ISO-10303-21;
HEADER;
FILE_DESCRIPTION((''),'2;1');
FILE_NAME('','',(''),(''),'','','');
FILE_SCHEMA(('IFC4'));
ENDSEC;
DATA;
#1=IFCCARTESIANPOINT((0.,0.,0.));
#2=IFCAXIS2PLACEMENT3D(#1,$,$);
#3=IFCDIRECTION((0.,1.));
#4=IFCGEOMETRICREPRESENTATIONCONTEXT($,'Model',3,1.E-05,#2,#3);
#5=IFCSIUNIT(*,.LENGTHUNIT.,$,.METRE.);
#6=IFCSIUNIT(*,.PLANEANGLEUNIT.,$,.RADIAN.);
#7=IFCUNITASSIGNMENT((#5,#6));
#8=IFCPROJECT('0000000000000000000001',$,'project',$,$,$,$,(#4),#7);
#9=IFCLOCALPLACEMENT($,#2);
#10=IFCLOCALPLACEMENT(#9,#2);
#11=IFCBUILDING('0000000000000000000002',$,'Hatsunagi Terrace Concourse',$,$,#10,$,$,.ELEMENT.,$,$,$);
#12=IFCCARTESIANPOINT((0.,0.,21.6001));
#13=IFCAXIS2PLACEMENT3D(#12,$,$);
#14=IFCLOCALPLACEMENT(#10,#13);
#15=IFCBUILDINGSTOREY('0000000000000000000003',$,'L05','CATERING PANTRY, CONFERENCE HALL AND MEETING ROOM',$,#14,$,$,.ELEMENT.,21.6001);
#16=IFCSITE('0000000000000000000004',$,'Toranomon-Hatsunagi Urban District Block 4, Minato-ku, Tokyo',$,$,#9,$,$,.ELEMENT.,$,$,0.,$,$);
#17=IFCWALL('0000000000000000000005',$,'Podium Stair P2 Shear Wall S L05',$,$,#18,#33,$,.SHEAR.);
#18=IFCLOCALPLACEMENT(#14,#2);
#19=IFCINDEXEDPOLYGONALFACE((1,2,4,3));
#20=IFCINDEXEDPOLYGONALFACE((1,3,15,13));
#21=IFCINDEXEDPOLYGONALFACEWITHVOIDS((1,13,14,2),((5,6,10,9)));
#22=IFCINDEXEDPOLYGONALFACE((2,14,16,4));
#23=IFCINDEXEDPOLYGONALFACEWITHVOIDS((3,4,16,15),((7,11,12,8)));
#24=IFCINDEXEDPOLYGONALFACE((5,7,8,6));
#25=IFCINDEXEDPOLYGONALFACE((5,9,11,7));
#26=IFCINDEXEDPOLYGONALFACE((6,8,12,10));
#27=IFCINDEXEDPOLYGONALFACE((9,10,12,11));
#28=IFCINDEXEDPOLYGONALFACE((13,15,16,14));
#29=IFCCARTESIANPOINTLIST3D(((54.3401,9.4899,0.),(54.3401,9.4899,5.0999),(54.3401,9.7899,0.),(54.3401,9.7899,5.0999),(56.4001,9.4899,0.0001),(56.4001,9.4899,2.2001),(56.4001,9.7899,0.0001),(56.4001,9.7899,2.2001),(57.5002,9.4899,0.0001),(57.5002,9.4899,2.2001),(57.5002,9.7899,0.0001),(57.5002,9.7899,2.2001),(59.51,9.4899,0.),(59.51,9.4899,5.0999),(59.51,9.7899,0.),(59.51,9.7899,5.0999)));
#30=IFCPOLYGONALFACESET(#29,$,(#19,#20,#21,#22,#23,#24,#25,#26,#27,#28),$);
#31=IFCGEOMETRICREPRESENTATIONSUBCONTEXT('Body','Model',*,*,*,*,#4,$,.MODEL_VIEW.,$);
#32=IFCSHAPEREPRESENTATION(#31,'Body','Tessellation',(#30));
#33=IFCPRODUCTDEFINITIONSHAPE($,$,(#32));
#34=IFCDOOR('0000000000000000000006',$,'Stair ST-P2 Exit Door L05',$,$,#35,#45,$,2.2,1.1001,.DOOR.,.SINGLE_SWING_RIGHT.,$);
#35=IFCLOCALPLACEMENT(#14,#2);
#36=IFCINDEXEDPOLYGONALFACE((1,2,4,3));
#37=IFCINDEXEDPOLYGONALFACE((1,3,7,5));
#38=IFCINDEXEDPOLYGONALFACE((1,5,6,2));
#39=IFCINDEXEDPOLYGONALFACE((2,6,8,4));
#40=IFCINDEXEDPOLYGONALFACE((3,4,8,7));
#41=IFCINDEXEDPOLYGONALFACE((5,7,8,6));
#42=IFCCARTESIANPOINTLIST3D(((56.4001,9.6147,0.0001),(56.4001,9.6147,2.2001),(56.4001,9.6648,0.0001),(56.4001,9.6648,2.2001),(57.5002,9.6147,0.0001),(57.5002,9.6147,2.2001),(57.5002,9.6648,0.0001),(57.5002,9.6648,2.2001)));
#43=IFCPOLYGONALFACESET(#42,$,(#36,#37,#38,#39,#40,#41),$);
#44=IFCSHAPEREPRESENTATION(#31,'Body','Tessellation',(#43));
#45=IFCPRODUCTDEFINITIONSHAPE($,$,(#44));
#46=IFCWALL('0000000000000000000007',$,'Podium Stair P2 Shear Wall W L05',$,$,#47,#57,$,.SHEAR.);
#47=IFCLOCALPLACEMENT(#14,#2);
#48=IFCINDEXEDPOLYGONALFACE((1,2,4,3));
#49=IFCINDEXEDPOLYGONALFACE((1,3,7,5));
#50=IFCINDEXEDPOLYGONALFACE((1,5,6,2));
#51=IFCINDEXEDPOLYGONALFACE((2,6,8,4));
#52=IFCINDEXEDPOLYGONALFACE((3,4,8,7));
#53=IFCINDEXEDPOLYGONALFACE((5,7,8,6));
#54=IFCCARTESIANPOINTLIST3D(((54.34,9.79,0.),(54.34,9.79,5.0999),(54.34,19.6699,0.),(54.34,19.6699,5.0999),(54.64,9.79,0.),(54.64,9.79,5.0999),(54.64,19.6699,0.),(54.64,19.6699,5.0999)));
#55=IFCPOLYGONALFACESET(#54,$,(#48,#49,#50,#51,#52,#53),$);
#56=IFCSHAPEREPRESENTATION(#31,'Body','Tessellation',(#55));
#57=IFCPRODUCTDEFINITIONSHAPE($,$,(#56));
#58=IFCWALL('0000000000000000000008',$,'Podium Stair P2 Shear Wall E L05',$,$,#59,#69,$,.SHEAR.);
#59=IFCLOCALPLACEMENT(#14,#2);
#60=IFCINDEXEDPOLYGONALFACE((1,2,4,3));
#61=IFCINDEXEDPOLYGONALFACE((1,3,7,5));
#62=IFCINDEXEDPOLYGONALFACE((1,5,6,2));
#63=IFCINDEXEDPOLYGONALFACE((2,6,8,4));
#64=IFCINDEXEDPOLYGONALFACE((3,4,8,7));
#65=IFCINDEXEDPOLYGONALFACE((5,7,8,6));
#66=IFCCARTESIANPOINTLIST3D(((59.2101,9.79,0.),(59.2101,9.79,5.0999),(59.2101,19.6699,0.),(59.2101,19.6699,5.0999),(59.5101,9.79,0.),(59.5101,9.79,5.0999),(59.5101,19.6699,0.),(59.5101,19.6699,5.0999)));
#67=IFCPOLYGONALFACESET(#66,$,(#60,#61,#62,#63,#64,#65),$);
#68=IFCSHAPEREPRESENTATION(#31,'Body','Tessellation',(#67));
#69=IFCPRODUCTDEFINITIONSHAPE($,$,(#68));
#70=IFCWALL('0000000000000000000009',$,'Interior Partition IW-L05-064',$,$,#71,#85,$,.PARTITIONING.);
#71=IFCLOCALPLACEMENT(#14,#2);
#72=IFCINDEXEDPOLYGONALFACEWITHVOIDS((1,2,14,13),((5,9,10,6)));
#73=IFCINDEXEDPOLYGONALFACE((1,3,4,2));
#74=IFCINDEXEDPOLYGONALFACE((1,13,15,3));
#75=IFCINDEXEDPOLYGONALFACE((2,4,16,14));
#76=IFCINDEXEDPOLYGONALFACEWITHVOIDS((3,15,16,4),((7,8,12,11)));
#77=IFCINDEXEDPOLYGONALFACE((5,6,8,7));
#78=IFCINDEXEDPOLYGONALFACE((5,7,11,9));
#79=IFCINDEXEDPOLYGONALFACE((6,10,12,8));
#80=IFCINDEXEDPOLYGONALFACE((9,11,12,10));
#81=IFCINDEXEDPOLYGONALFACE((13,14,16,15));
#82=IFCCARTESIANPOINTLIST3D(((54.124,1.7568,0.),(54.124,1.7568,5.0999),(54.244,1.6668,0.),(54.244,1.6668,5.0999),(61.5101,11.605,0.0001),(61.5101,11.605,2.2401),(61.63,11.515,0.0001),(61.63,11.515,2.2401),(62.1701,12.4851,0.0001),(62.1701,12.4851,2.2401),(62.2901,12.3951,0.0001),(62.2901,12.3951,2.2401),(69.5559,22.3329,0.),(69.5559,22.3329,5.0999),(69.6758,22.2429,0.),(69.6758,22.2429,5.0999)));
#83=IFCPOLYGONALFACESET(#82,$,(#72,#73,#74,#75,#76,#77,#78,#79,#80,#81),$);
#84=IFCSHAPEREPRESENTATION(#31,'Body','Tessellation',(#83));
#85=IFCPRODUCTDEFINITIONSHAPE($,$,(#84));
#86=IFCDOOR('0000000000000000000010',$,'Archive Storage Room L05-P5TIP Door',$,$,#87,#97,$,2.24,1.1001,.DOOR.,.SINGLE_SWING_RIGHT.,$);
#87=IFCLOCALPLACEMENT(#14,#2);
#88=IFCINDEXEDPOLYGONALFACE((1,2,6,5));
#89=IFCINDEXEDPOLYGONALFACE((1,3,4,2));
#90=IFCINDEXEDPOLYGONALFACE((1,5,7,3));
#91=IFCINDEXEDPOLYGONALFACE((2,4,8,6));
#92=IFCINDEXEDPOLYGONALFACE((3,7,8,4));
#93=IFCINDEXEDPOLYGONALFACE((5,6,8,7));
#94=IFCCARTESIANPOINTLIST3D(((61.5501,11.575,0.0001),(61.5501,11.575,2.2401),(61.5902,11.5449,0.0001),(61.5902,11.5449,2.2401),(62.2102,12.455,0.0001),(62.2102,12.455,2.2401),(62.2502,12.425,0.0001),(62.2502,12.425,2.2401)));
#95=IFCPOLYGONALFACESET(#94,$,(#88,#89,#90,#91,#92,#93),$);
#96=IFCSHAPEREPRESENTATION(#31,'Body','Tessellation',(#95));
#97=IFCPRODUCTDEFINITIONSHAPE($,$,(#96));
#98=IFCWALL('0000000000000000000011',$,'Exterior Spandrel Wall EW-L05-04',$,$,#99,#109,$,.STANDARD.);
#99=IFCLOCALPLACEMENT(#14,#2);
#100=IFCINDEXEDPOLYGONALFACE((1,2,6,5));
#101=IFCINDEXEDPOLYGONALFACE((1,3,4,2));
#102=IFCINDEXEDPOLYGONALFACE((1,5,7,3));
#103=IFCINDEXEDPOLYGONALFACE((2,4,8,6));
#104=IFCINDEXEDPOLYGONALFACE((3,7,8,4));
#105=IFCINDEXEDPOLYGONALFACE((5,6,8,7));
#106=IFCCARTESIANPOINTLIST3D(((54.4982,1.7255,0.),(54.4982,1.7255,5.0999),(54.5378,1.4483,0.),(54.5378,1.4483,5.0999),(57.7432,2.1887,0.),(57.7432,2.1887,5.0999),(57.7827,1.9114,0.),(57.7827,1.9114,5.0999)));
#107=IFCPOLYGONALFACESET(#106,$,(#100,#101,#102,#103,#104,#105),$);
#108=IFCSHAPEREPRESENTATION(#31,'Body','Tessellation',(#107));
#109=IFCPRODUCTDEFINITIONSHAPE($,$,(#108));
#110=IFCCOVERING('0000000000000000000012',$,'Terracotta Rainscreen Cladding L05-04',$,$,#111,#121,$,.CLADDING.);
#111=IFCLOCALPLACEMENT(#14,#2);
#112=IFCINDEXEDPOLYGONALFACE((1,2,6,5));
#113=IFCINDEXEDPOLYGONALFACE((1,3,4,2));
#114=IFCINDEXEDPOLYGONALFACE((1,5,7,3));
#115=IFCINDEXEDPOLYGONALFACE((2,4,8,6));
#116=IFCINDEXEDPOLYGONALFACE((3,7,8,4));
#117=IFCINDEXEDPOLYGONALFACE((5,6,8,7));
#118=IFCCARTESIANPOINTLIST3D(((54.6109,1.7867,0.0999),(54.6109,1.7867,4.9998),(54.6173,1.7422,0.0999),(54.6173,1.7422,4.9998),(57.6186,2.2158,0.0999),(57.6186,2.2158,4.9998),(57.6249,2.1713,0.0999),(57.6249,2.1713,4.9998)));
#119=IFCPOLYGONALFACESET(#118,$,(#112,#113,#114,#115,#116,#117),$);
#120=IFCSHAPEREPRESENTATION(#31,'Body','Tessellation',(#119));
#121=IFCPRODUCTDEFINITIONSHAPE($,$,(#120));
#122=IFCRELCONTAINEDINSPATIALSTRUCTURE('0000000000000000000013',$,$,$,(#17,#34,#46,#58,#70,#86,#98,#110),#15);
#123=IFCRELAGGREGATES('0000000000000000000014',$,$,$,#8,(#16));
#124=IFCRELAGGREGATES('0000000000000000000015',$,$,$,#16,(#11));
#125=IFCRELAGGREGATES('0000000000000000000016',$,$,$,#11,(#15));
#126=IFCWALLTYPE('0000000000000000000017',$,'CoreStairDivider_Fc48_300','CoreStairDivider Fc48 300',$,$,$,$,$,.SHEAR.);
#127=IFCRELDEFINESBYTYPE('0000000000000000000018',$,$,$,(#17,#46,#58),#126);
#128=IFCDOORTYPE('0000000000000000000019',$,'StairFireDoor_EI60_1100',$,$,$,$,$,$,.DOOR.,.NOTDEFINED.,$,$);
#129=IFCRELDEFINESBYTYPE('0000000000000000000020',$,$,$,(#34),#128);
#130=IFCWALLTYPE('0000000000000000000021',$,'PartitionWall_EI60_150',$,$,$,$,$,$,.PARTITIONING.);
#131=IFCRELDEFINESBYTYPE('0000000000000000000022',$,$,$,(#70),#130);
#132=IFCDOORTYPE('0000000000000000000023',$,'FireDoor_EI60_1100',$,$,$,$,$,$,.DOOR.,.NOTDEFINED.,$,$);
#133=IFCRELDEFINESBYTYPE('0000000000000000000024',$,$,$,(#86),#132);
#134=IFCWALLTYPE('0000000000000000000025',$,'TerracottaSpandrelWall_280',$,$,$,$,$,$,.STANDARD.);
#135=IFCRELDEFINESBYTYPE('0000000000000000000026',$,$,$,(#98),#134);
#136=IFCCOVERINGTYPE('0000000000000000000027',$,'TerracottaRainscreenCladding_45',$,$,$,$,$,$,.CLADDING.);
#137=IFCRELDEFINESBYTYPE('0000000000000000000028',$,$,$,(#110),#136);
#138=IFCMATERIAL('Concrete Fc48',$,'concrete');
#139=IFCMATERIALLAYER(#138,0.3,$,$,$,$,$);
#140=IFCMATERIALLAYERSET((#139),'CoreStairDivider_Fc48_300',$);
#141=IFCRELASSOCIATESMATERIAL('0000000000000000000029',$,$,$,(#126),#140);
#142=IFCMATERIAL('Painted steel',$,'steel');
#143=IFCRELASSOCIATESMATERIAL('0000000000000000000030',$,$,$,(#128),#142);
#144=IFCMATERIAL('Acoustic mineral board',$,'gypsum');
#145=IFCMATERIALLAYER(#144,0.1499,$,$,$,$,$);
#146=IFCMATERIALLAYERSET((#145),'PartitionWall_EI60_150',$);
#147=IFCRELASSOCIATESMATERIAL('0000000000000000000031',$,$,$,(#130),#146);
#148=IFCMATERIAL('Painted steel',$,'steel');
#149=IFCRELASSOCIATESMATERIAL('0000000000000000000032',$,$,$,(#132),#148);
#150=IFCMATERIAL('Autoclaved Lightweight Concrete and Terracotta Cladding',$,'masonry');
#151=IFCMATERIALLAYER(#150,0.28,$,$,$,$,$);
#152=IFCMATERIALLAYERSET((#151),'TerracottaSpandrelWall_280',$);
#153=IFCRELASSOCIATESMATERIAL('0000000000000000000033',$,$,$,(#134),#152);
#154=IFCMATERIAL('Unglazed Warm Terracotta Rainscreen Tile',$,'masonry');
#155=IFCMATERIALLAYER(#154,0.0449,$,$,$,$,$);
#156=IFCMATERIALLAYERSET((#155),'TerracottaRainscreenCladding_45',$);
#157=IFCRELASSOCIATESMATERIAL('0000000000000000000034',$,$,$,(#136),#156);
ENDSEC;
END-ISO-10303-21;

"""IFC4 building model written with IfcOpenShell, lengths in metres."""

from ifc_helpers import new_model, si_unit, direction, frame, frame_2d, origin, origin_2d, place, context, subcontext, project, spatial, rectangle, extrude, material, layer, layer_set, type_object, element, fill, save


model = new_model("IFC4")

# Units and contexts
model_context = context("Model", 3, precision=1e-05, world=origin(), true_north=direction((0.0, 1.0)))
body_context = subcontext(model_context, "Body", "Model", "MODEL_VIEW")
ifc_project = project(units=[si_unit("LENGTHUNIT", "METRE"), si_unit("PLANEANGLEUNIT", "RADIAN")], contexts=[model_context])

# Site, building, storey
site_placement = place(None, origin())
site = spatial("IfcSite", under=ifc_project, at=site_placement, Name="Toranomon-Hatsunagi Urban District Block 4, Minato-ku, Tokyo", CompositionType="ELEMENT", RefElevation=0.0)
building_placement = place(site_placement, origin())
building = spatial("IfcBuilding", under=site, at=building_placement, Name="Hatsunagi Terrace Concourse", CompositionType="ELEMENT")
storey_placement = place(building_placement, frame((0.0, 0.0, 21.6001)))
storey = spatial("IfcBuildingStorey", under=building, at=storey_placement, Name="L05", Description="CATERING PANTRY, CONFERENCE HALL AND MEETING ROOM", CompositionType="ELEMENT", Elevation=21.6001)

# Wall, opening, door
ifc_material_1 = material(Name="Concrete Fc48", Category="concrete")
ifc_layer_1 = layer(ifc_material_1, 0.3)
ifc_layer_set_1 = layer_set([ifc_layer_1], Name="CoreStairDivider_Fc48_300")
wall_type_1 = type_object("IfcWallType", Name="CoreStairDivider_Fc48_300", Description="CoreStairDivider Fc48 300", PredefinedType="SHEAR", material=ifc_layer_set_1)
wall_1_placement = place(storey_placement, frame((54.3401, 9.6399, 0.0), z_axis=(0.0, 0.0, 1.0), x_axis=(1.0, 0.0, 0.0)))
wall_1 = element("IfcWall", 1, at=wall_1_placement, inside=storey, type_object=wall_type_1, Name="Podium Stair P2 Shear Wall S L05", PredefinedType="SHEAR", context=body_context, shape_type="SweptSolid", body=[
    extrude(rectangle(XDim=5.1699, YDim=0.3, at=frame_2d((2.585, 0.0))), origin(), (0.0, 0.0, 1.0), 5.0999),
])
opening_1_placement = place(wall_1_placement, frame((2.0601, 0.0, 0.0)))
opening_1 = element("IfcOpeningElement", 2, at=opening_1_placement, cuts=wall_1, PredefinedType="OPENING", context=body_context, shape_type="SweptSolid", body=[
    extrude(rectangle(XDim=1.1001, YDim=2.2, at=frame_2d((0.55, 1.1001))), frame((0.0, 0.1599, 0.0), z_axis=(0.0, -1.0, 0.0), x_axis=(1.0, 0.0, 0.0)), (0.0, 0.0, 1.0), 0.3201),
])
ifc_material_2 = material(Name="Painted steel", Category="steel")
door_type_1 = type_object("IfcDoorType", Name="StairFireDoor_EI60_1100", OperationType="NOTDEFINED", PredefinedType="DOOR", material=ifc_material_2)
door_1_placement = place(opening_1_placement, origin())
door_1 = element("IfcDoor", 3, at=door_1_placement, inside=storey, type_object=door_type_1, Name="Stair ST-P2 Exit Door L05", OperationType="SINGLE_SWING_RIGHT", OverallHeight=2.2, OverallWidth=1.1001, PredefinedType="DOOR", context=body_context, shape_type="SweptSolid", body=[
    extrude(rectangle(XDim=1.1001, YDim=2.2, at=frame_2d((0.55, 1.1001))), frame((0.0, 0.0249, 0.0), z_axis=(0.0, -1.0, 0.0), x_axis=(1.0, 0.0, 0.0)), (0.0, 0.0, 1.0), 0.05),
])
fill(opening_1, door_1)

# Walls
for number, where, z_axis, x_axis, name in (
    (4, (54.49, 9.79, 0.0), (0.0, 0.0, 1.0), (0.0, 1.0, 0.0), "Podium Stair P2 Shear Wall W L05"),
    (5, (59.3601, 9.79, 0.0), (0.0, 0.0, 1.0), (0.0, 1.0, 0.0), "Podium Stair P2 Shear Wall E L05"),
):
    element("IfcWall", number, at=place(storey_placement, frame(where, z_axis=z_axis, x_axis=x_axis)), inside=storey, type_object=wall_type_1, Name=name, PredefinedType="SHEAR", context=body_context, shape_type="SweptSolid", body=[
        extrude(rectangle(XDim=9.8799, YDim=0.3, at=frame_2d((4.9399, 0.0))), origin(), (0.0, 0.0, 1.0), 5.0999),
    ])

# Wall, opening, door
ifc_material_3 = material(Name="Acoustic mineral board", Category="gypsum")
ifc_layer_2 = layer(ifc_material_3, 0.1499)
ifc_layer_set_2 = layer_set([ifc_layer_2], Name="PartitionWall_EI60_150")
wall_type_2 = type_object("IfcWallType", Name="PartitionWall_EI60_150", PredefinedType="PARTITIONING", material=ifc_layer_set_2)
wall_2_placement = place(storey_placement, frame((54.1841, 1.7119, 0.0), z_axis=(0.0, 0.0, 1.0), x_axis=(0.599994, 0.800005, 0.0)))
wall_2 = element("IfcWall", 6, at=wall_2_placement, inside=storey, type_object=wall_type_2, Name="Interior Partition IW-L05-064", PredefinedType="PARTITIONING", context=body_context, shape_type="SweptSolid", body=[
    extrude(rectangle(XDim=25.72, YDim=0.1499, at=frame_2d((12.8599, 0.0))), origin(), (0.0, 0.0, 1.0), 5.0999),
])
opening_2_placement = place(wall_2_placement, frame((12.3101, 0.0, 0.0)))
opening_2 = element("IfcOpeningElement", 7, at=opening_2_placement, cuts=wall_2, PredefinedType="OPENING", context=body_context, shape_type="SweptSolid", body=[
    extrude(rectangle(XDim=1.1001, YDim=2.24, at=frame_2d((0.55, 1.1201))), frame((0.0, 0.085, 0.0), z_axis=(0.0, -1.0, 0.0), x_axis=(1.0, 0.0, 0.0)), (0.0, 0.0, 1.0), 0.1699),
])
ifc_material_4 = material(Name="Painted steel", Category="steel")
door_type_2 = type_object("IfcDoorType", Name="FireDoor_EI60_1100", OperationType="NOTDEFINED", PredefinedType="DOOR", material=ifc_material_4)
door_2_placement = place(opening_2_placement, origin())
door_2 = element("IfcDoor", 8, at=door_2_placement, inside=storey, type_object=door_type_2, Name="Archive Storage Room L05-P5TIP Door", OperationType="SINGLE_SWING_RIGHT", OverallHeight=2.24, OverallWidth=1.1001, PredefinedType="DOOR", context=body_context, shape_type="SweptSolid", body=[
    extrude(rectangle(XDim=1.1001, YDim=2.24, at=frame_2d((0.55, 1.1201))), frame((0.0, 0.0249, 0.0), z_axis=(0.0, -1.0, 0.0), x_axis=(1.0, 0.0, 0.0)), (0.0, 0.0, 1.0), 0.05),
])
fill(opening_2, door_2)

# Wall
ifc_material_5 = material(Name="Autoclaved Lightweight Concrete and Terracotta Cladding", Category="masonry")
ifc_layer_3 = layer(ifc_material_5, 0.28)
ifc_layer_set_3 = layer_set([ifc_layer_3], Name="TerracottaSpandrelWall_280")
wall_type_3 = type_object("IfcWallType", Name="TerracottaSpandrelWall_280", PredefinedType="STANDARD", material=ifc_layer_set_3)
wall_3_placement = place(storey_placement, frame((57.7629, 2.05, 0.0), z_axis=(0.0, 0.0, 1.0), x_axis=(-0.989967, -0.141296, 0.0)))
element("IfcWall", 9, at=wall_3_placement, inside=storey, type_object=wall_type_3, Name="Exterior Spandrel Wall EW-L05-04", PredefinedType="STANDARD", context=body_context, shape_type="SweptSolid", body=[
    extrude(rectangle(XDim=3.2778, YDim=0.28, at=frame_2d((1.6389, 0.0))), origin(), (0.0, 0.0, 1.0), 5.0999),
])

# Covering
ifc_material_6 = material(Name="Unglazed Warm Terracotta Rainscreen Tile", Category="masonry")
ifc_layer_4 = layer(ifc_material_6, 0.0449)
ifc_layer_set_4 = layer_set([ifc_layer_4], Name="TerracottaRainscreenCladding_45")
covering_type = type_object("IfcCoveringType", Name="TerracottaRainscreenCladding_45", PredefinedType="CLADDING", material=ifc_layer_set_4)
covering_placement = place(storey_placement, frame((56.1179, 1.979, 0.0999), z_axis=(0.0, 0.0, 1.0), x_axis=(-0.989974, -0.14125, 0.0)))
element("IfcCovering", 10, at=covering_placement, inside=storey, type_object=covering_type, Name="Terracotta Rainscreen Cladding L05-04", PredefinedType="CLADDING", context=body_context, shape_type="SweptSolid", body=[
    extrude(rectangle(XDim=3.0381, YDim=0.0449, at=origin_2d()), origin(), (0.0, 0.0, 1.0), 4.8999),
])

save(model, "model.ifc")
